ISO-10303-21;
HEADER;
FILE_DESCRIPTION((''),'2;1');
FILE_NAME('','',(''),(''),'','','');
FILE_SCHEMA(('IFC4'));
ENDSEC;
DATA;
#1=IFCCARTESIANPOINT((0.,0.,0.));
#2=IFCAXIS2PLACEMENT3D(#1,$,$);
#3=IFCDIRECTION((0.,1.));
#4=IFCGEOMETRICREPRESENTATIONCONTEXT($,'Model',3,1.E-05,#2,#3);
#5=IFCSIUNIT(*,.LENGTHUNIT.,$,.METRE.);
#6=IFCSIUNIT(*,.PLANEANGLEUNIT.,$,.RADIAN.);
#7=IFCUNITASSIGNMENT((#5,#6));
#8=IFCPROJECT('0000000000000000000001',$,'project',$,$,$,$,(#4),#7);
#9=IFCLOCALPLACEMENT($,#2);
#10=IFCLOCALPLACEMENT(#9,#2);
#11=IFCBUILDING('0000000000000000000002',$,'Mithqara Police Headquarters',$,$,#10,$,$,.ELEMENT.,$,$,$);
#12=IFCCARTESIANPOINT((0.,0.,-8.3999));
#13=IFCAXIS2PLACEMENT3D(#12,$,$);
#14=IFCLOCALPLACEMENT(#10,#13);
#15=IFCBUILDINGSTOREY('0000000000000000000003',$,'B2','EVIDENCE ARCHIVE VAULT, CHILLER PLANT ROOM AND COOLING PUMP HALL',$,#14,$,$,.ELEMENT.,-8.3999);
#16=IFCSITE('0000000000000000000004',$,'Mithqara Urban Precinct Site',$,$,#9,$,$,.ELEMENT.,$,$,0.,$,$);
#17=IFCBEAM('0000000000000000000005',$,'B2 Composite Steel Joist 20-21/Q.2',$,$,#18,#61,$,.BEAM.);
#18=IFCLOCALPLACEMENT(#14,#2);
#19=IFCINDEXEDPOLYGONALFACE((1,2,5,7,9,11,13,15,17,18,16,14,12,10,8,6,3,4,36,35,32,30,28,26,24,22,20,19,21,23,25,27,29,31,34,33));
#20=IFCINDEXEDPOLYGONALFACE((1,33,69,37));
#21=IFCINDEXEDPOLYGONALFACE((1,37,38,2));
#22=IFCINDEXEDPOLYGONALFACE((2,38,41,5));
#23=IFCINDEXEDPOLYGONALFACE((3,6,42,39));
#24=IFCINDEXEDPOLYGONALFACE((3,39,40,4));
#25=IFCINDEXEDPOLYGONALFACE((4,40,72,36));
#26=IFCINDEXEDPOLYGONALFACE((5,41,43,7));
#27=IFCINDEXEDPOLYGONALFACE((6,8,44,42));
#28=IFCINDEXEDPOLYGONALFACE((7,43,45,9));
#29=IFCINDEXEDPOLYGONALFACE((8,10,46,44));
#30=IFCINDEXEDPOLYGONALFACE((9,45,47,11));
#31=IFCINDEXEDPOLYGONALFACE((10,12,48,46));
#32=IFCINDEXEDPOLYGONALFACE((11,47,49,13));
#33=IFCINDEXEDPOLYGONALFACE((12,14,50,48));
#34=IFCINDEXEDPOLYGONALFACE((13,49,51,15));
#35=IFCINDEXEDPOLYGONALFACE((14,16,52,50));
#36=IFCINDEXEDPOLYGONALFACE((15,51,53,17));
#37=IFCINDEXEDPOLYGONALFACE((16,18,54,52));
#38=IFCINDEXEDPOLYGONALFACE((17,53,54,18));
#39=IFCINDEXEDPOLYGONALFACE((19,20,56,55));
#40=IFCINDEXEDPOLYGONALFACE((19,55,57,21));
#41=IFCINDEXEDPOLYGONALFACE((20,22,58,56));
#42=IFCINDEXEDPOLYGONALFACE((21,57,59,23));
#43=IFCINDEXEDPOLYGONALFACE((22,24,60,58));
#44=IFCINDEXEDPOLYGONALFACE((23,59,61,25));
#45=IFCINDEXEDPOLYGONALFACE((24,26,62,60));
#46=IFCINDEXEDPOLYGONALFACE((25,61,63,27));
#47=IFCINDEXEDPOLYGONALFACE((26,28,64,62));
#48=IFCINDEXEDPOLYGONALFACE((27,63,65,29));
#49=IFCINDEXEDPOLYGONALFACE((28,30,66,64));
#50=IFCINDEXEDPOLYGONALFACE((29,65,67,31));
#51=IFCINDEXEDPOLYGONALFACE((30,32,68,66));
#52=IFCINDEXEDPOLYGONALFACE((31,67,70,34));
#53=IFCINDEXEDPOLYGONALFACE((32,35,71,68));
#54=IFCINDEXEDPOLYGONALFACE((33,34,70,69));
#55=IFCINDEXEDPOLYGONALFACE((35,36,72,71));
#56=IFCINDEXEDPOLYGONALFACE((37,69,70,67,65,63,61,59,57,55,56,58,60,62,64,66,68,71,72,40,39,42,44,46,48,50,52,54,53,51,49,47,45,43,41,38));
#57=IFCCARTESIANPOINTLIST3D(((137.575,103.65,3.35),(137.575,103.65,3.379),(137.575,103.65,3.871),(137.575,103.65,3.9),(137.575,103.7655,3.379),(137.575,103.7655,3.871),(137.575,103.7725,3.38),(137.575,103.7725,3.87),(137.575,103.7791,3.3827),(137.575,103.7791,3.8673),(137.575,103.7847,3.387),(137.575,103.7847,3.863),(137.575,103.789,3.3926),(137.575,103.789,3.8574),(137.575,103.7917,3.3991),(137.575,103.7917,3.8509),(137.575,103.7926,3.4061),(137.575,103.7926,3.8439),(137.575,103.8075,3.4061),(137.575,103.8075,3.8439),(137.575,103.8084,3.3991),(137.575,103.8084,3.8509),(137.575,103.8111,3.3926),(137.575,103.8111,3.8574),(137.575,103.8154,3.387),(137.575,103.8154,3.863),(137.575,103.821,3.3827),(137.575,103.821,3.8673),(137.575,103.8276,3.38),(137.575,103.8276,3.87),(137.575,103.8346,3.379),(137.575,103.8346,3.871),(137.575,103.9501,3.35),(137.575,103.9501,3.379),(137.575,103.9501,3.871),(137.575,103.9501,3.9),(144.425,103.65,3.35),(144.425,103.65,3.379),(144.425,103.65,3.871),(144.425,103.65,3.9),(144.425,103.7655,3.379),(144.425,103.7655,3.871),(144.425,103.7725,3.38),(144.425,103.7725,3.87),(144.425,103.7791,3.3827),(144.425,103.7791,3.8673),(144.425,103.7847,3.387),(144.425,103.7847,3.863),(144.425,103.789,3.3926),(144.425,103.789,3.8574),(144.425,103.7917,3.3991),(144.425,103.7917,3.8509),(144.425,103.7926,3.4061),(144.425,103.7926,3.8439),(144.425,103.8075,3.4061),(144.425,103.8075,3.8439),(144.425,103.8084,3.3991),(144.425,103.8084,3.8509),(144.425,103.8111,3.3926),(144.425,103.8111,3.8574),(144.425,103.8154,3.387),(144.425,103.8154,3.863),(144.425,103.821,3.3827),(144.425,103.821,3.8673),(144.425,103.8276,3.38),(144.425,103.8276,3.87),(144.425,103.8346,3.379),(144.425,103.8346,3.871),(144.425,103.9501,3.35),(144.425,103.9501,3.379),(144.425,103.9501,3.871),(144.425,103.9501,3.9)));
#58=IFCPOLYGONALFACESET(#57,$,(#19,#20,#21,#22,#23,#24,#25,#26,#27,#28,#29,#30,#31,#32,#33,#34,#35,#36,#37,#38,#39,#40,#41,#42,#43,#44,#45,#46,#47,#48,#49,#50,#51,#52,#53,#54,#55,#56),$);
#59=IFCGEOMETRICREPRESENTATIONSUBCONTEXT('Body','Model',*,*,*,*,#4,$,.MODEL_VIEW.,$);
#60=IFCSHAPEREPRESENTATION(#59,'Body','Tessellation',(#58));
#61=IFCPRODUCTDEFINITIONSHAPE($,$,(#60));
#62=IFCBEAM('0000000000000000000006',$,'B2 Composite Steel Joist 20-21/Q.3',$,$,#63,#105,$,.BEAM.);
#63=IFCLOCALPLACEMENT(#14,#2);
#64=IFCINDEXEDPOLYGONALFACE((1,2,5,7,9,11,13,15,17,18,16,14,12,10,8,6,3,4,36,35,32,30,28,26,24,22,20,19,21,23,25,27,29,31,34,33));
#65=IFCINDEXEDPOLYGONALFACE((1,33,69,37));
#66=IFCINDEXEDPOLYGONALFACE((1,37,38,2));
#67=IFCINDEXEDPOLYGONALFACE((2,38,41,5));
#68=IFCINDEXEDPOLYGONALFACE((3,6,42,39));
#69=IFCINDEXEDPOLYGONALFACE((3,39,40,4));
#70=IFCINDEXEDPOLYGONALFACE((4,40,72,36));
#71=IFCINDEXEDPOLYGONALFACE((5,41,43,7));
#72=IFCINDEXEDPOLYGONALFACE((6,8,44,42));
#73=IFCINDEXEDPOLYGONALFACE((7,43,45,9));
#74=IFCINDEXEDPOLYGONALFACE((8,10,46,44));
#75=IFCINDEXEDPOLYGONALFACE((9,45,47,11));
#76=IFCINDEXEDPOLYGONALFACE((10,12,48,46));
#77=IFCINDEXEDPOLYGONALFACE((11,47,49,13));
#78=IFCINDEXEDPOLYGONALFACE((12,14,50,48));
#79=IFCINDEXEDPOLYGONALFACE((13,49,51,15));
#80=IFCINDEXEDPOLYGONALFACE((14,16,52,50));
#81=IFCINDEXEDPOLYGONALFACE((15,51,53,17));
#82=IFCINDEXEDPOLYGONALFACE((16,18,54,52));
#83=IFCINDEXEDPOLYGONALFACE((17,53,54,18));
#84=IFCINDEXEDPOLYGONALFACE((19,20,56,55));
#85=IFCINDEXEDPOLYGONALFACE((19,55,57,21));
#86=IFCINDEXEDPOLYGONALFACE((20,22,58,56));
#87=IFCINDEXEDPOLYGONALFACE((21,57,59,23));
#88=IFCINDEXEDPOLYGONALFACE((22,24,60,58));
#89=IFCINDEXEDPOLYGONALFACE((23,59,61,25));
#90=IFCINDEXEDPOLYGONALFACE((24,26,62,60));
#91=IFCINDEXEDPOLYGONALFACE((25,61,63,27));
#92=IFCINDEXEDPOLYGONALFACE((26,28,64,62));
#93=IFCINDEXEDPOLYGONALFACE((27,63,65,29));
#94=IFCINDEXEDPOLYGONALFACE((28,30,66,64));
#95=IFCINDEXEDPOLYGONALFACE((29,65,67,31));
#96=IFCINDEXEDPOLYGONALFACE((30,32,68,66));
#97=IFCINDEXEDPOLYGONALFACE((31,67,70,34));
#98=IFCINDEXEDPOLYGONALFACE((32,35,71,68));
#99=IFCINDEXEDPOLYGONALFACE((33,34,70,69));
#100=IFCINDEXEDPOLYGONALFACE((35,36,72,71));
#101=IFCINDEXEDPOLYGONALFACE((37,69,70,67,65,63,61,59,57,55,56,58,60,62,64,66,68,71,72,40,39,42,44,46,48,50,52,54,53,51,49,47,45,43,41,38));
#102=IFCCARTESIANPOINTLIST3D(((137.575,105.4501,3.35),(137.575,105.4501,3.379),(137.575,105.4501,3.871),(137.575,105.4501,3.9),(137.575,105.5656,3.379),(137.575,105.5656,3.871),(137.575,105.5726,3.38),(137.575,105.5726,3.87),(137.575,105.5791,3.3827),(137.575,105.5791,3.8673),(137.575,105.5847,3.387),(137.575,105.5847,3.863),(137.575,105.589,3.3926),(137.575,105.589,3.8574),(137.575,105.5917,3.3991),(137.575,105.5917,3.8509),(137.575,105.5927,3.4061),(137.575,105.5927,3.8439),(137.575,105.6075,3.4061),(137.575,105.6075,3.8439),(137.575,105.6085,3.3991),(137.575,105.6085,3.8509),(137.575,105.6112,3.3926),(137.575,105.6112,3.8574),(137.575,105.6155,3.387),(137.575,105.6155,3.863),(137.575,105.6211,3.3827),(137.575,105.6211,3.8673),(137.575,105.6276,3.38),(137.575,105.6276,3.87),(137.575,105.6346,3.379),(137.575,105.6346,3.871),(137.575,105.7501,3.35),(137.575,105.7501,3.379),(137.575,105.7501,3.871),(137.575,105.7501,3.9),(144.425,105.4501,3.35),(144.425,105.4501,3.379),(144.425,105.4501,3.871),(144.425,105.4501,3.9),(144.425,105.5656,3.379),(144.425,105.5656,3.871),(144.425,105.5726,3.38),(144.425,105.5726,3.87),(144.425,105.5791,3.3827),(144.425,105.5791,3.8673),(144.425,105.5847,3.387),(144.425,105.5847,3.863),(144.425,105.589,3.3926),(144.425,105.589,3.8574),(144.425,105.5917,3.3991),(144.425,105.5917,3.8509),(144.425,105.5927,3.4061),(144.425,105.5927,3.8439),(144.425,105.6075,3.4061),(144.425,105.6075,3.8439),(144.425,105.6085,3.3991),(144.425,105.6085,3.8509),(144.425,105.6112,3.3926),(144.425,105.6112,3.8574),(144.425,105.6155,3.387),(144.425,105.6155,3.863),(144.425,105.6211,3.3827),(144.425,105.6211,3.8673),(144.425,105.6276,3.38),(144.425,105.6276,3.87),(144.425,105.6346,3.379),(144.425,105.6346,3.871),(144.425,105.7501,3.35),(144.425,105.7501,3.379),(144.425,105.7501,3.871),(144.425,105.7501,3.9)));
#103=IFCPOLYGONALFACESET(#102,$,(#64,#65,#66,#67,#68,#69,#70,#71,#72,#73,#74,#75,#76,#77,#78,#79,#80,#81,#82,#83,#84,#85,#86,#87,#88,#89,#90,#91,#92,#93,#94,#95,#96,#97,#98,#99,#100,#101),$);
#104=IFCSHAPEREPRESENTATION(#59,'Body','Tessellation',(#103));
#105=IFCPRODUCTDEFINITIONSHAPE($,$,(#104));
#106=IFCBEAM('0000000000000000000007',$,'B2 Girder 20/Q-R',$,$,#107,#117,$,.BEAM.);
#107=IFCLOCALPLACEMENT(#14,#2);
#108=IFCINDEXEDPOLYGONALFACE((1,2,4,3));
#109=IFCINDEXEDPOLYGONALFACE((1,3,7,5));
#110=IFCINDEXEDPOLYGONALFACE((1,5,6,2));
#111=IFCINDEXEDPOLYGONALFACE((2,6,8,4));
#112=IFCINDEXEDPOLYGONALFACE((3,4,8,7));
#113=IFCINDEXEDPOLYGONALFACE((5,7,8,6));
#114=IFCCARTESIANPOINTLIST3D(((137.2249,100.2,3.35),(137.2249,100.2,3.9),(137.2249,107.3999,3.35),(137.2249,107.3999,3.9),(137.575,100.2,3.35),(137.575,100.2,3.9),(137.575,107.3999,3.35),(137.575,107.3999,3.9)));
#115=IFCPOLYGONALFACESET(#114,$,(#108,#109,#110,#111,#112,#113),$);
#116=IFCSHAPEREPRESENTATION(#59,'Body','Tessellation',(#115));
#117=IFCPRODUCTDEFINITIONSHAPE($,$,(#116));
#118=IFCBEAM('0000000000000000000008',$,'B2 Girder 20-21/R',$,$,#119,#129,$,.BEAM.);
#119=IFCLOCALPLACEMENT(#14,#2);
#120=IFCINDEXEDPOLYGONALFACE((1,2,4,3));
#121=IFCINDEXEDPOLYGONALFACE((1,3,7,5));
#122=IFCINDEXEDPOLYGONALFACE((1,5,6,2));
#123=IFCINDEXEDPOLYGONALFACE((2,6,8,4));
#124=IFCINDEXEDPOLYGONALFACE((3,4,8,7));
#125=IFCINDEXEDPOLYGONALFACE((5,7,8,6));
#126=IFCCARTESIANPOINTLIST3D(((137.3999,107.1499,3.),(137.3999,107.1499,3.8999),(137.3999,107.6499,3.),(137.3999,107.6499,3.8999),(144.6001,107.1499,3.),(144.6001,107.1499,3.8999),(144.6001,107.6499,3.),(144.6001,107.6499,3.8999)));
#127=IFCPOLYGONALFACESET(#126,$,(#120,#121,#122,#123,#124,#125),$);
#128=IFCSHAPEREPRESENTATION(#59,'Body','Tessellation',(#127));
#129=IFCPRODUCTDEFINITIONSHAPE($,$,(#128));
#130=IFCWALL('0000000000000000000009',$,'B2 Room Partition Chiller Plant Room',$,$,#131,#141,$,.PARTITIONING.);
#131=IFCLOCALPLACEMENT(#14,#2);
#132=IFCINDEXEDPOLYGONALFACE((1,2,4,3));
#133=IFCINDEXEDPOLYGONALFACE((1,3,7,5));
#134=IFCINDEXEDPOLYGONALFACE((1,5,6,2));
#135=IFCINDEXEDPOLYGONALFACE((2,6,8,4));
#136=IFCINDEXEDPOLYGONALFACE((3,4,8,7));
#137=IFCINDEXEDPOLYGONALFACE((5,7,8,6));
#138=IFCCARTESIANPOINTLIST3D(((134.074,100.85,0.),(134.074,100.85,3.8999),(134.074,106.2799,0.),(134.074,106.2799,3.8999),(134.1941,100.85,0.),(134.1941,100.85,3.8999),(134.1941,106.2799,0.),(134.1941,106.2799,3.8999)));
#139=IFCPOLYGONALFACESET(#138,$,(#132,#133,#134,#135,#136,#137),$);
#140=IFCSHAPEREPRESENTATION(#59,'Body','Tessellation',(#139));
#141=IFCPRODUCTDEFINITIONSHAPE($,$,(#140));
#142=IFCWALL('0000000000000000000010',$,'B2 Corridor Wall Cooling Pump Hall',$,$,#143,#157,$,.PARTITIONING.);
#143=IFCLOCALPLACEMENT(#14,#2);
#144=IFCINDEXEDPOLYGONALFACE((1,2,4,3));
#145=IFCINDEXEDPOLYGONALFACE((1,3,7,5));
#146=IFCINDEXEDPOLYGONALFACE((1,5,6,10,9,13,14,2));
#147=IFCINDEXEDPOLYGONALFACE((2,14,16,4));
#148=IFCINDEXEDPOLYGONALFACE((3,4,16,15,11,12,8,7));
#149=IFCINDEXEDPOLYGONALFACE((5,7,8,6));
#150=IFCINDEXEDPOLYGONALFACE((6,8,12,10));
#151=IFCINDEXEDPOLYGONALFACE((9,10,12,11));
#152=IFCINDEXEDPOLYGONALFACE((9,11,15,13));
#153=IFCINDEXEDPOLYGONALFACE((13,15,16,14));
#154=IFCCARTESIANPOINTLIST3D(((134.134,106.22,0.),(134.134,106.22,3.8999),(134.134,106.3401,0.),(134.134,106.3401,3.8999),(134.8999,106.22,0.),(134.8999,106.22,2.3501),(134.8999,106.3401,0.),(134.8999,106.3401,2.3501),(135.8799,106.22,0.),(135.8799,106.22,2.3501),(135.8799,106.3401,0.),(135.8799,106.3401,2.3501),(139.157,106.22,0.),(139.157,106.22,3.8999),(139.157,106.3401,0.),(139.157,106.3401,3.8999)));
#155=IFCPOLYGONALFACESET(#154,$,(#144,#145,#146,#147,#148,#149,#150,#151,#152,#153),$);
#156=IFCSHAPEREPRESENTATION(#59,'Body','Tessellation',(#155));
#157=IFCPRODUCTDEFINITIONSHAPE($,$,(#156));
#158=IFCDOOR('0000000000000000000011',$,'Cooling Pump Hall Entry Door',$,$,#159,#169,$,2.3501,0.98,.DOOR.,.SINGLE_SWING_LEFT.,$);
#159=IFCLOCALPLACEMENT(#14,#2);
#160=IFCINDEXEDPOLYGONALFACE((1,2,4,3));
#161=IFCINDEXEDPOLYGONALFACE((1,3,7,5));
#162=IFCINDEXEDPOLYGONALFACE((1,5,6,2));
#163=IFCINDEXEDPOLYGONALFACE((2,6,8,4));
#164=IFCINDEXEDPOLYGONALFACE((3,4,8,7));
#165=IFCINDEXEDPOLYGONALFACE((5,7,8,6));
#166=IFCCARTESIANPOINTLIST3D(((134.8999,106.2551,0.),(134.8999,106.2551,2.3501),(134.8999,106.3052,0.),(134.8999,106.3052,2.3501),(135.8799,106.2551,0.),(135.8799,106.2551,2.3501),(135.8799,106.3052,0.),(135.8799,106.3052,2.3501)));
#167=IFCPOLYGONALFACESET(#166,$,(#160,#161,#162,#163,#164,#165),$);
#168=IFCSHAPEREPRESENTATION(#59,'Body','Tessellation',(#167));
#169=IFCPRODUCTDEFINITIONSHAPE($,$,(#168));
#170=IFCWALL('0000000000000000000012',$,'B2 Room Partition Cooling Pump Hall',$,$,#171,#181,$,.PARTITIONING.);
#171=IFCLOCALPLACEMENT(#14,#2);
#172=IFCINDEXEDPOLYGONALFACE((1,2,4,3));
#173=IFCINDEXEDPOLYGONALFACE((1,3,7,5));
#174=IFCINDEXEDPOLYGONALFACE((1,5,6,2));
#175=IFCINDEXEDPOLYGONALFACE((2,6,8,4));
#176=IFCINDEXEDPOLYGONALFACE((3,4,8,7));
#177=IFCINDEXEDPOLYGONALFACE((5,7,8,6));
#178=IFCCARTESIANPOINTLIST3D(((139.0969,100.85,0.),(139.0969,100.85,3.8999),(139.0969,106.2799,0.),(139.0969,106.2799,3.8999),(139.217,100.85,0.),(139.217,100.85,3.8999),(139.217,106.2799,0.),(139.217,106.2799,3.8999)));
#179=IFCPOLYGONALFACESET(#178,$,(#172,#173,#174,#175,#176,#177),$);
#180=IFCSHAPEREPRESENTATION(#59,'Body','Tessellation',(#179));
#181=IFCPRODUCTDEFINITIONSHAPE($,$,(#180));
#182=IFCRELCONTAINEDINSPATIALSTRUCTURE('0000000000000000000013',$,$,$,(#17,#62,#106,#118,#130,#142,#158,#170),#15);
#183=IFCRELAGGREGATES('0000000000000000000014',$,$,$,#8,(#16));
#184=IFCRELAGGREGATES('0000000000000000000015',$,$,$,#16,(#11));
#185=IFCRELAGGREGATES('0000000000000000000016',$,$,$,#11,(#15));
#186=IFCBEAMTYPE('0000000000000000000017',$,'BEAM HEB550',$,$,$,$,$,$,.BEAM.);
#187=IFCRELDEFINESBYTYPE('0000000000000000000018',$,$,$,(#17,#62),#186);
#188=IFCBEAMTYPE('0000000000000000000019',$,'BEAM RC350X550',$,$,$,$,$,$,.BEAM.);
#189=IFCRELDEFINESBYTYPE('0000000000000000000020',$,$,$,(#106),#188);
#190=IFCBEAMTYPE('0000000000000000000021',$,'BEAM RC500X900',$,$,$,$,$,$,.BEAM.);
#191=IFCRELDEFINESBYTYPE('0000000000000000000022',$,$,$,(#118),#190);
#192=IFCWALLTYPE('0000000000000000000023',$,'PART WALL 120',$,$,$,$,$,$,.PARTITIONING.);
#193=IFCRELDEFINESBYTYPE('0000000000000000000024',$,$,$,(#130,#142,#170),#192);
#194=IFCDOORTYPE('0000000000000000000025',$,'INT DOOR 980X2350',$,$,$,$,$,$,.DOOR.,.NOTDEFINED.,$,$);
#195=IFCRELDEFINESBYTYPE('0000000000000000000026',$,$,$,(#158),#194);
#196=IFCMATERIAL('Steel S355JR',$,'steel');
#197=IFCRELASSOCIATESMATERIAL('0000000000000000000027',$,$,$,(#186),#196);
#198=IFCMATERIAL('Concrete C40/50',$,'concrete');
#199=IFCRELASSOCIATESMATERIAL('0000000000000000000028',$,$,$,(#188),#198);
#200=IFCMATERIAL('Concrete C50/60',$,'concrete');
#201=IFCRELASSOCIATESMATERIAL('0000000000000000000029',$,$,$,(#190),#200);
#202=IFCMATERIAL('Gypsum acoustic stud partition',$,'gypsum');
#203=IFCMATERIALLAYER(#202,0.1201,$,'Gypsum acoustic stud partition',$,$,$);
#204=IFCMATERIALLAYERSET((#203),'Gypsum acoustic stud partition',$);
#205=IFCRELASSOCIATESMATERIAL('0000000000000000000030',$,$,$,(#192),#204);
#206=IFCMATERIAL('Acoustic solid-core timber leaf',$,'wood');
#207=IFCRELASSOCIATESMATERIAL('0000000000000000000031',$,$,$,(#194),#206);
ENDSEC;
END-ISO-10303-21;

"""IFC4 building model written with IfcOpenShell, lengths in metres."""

from ifc_helpers import new_model, si_unit, direction, frame, frame_2d, origin, origin_2d, place, context, subcontext, project, spatial, rectangle, i_section, extrude, material, layer, layer_set, material_profile, profile_set, type_object, element, fill, save


model = new_model("IFC4")

# Units and contexts
model_context = context("Model", 3, precision=1e-05, world=origin(), true_north=direction((0.0, 1.0)))
body_context = subcontext(model_context, "Body", "Model", "MODEL_VIEW")
ifc_project = project(units=[si_unit("LENGTHUNIT", "METRE"), si_unit("PLANEANGLEUNIT", "RADIAN")], contexts=[model_context])

# Site, building, storey
site_placement = place(None, origin())
site = spatial("IfcSite", under=ifc_project, at=site_placement, Name="Mithqara Urban Precinct Site", CompositionType="ELEMENT", RefElevation=0.0)
building_placement = place(site_placement, origin())
building = spatial("IfcBuilding", under=site, at=building_placement, Name="Mithqara Police Headquarters", CompositionType="ELEMENT")
storey_placement = place(building_placement, frame((0.0, 0.0, -8.3999)))
storey = spatial("IfcBuildingStorey", under=building, at=storey_placement, Name="B2", Description="EVIDENCE ARCHIVE VAULT, CHILLER PLANT ROOM AND COOLING PUMP HALL", CompositionType="ELEMENT", Elevation=-8.3999)

# Shared definitions
ifc_material_1 = material(Name="Concrete C40/50", Category="concrete")

# Shared definitions
ifc_material_2 = material(Name="Concrete C50/60", Category="concrete")

# Beams
ifc_material_3 = material(Name="Steel S355JR", Category="steel")
ifc_material_profile_1 = material_profile(ifc_material_3, i_section(OverallWidth=0.3, OverallDepth=0.55, WebThickness=0.0149, FlangeThickness=0.0291, FilletRadius=0.0271, at=origin_2d()), Name="HEB 550")
ifc_profile_set_1 = profile_set([ifc_material_profile_1], Name="Steel S355JR")
beam_type_1 = type_object("IfcBeamType", Name="BEAM HEB550", PredefinedType="BEAM", material=ifc_profile_set_1)
for number, where, z_axis, x_axis, name in (
    (1, (137.575, 103.8, 3.625), (1.0, 0.0, 0.0), (0.0, 1.0, 0.0), "B2 Composite Steel Joist 20-21/Q.2"),
    (2, (137.575, 105.6001, 3.625), (1.0, 0.0, 0.0), (0.0, 1.0, 0.0), "B2 Composite Steel Joist 20-21/Q.3"),
):
    element("IfcBeam", number, at=place(storey_placement, frame(where, z_axis=z_axis, x_axis=x_axis)), inside=storey, type_object=beam_type_1, Name=name, PredefinedType="BEAM", context=body_context, shape_type="SweptSolid", body=[
        extrude(i_section(OverallWidth=0.3, OverallDepth=0.55, WebThickness=0.0149, FlangeThickness=0.0291, FilletRadius=0.0271, at=origin_2d()), origin(), (0.0, 0.0, 1.0), 6.8501),
    ])
ifc_material_profile_2 = material_profile(ifc_material_1, rectangle(XDim=0.3501, YDim=0.55, at=origin_2d()), Name="RC 350x550")
ifc_profile_set_2 = profile_set([ifc_material_profile_2], Name="Concrete C40/50")
beam_type_2 = type_object("IfcBeamType", Name="BEAM RC350X550", PredefinedType="BEAM", material=ifc_profile_set_2)
beam_1_placement = place(storey_placement, frame((137.3999, 100.2, 3.625), z_axis=(0.0, 1.0, 0.0), x_axis=(-1.0, 0.0, 0.0)))
element("IfcBeam", 3, at=beam_1_placement, inside=storey, type_object=beam_type_2, Name="B2 Girder 20/Q-R", PredefinedType="BEAM", context=body_context, shape_type="SweptSolid", body=[
    extrude(rectangle(XDim=0.3501, YDim=0.55, at=origin_2d()), origin(), (0.0, 0.0, 1.0), 7.2),
])
ifc_material_profile_3 = material_profile(ifc_material_2, rectangle(XDim=0.5, YDim=0.8999, at=origin_2d()), Name="RC 500x900")
ifc_profile_set_3 = profile_set([ifc_material_profile_3], Name="Concrete C50/60")
beam_type_3 = type_object("IfcBeamType", Name="BEAM RC500X900", PredefinedType="BEAM", material=ifc_profile_set_3)
beam_2_placement = place(storey_placement, frame((137.3999, 107.3999, 3.45), z_axis=(1.0, 0.0, 0.0), x_axis=(0.0, 1.0, 0.0)))
element("IfcBeam", 4, at=beam_2_placement, inside=storey, type_object=beam_type_3, Name="B2 Girder 20-21/R", PredefinedType="BEAM", context=body_context, shape_type="SweptSolid", body=[
    extrude(rectangle(XDim=0.5, YDim=0.8999, at=origin_2d()), origin(), (0.0, 0.0, 1.0), 7.2002),
])

# Wall
ifc_material_4 = material(Name="Gypsum acoustic stud partition", Category="gypsum")
ifc_layer = layer(ifc_material_4, 0.1201, Name="Gypsum acoustic stud partition")
ifc_layer_set = layer_set([ifc_layer], Name="Gypsum acoustic stud partition")
wall_type = type_object("IfcWallType", Name="PART WALL 120", PredefinedType="PARTITIONING", material=ifc_layer_set)
wall_1_placement = place(storey_placement, frame((134.134, 100.8501, 0.0), z_axis=(0.0, 0.0, 1.0), x_axis=(0.0, 1.0, 0.0)))
element("IfcWall", 5, at=wall_1_placement, inside=storey, type_object=wall_type, Name="B2 Room Partition Chiller Plant Room", PredefinedType="PARTITIONING", context=body_context, shape_type="SweptSolid", body=[
    extrude(rectangle(XDim=5.4299, YDim=0.1201, at=frame_2d((2.7148, 0.0))), origin(), (0.0, 0.0, 1.0), 3.8999),
])

# Wall, opening, door
wall_2_placement = place(storey_placement, frame((134.134, 106.28, 0.0), z_axis=(0.0, 0.0, 1.0), x_axis=(1.0, 0.0, 0.0)))
wall_2 = element("IfcWall", 6, at=wall_2_placement, inside=storey, type_object=wall_type, Name="B2 Corridor Wall Cooling Pump Hall", PredefinedType="PARTITIONING", context=body_context, shape_type="SweptSolid", body=[
    extrude(rectangle(XDim=5.0229, YDim=0.1201, at=frame_2d((2.5115, 0.0))), origin(), (0.0, 0.0, 1.0), 3.8999),
])
opening_1_placement = place(wall_2_placement, frame((0.7659, 0.0, 0.0)))
opening_1 = element("IfcOpeningElement", 7, at=opening_1_placement, cuts=wall_2, PredefinedType="OPENING", context=body_context, shape_type="SweptSolid", body=[
    extrude(rectangle(XDim=0.98, YDim=2.3501, at=frame_2d((0.49, 1.175))), frame((0.0, 0.0701, 0.0), z_axis=(0.0, -1.0, 0.0), x_axis=(1.0, 0.0, 0.0)), (0.0, 0.0, 1.0), 0.1401),
])
ifc_material_5 = material(Name="Acoustic solid-core timber leaf", Category="wood")
door_type_1 = type_object("IfcDoorType", Name="INT DOOR 980X2350", OperationType="NOTDEFINED", PredefinedType="DOOR", material=ifc_material_5)
door_1_placement = place(opening_1_placement, frame((0.98, 0.0, 0.0), z_axis=(0.0, 0.0, 1.0), x_axis=(-1.0, 0.0, 0.0)))
door_1 = element("IfcDoor", 8, at=door_1_placement, inside=storey, type_object=door_type_1, Name="Cooling Pump Hall Entry Door", OperationType="SINGLE_SWING_LEFT", OverallHeight=2.3501, OverallWidth=0.98, PredefinedType="DOOR", context=body_context, shape_type="SweptSolid", body=[
    extrude(rectangle(XDim=0.98, YDim=2.3501, at=frame_2d((0.49, 1.175))), frame((0.0, 0.0249, 0.0), z_axis=(0.0, -1.0, 0.0), x_axis=(1.0, 0.0, 0.0)), (0.0, 0.0, 1.0), 0.05),
])
fill(opening_1, door_1)

# Wall
wall_3_placement = place(storey_placement, frame((139.157, 100.8501, 0.0), z_axis=(0.0, 0.0, 1.0), x_axis=(0.0, 1.0, 0.0)))
element("IfcWall", 9, at=wall_3_placement, inside=storey, type_object=wall_type, Name="B2 Room Partition Cooling Pump Hall", PredefinedType="PARTITIONING", context=body_context, shape_type="SweptSolid", body=[
    extrude(rectangle(XDim=5.4299, YDim=0.1201, at=frame_2d((2.7148, 0.0))), origin(), (0.0, 0.0, 1.0), 3.8999),
])

save(model, "model.ifc")
